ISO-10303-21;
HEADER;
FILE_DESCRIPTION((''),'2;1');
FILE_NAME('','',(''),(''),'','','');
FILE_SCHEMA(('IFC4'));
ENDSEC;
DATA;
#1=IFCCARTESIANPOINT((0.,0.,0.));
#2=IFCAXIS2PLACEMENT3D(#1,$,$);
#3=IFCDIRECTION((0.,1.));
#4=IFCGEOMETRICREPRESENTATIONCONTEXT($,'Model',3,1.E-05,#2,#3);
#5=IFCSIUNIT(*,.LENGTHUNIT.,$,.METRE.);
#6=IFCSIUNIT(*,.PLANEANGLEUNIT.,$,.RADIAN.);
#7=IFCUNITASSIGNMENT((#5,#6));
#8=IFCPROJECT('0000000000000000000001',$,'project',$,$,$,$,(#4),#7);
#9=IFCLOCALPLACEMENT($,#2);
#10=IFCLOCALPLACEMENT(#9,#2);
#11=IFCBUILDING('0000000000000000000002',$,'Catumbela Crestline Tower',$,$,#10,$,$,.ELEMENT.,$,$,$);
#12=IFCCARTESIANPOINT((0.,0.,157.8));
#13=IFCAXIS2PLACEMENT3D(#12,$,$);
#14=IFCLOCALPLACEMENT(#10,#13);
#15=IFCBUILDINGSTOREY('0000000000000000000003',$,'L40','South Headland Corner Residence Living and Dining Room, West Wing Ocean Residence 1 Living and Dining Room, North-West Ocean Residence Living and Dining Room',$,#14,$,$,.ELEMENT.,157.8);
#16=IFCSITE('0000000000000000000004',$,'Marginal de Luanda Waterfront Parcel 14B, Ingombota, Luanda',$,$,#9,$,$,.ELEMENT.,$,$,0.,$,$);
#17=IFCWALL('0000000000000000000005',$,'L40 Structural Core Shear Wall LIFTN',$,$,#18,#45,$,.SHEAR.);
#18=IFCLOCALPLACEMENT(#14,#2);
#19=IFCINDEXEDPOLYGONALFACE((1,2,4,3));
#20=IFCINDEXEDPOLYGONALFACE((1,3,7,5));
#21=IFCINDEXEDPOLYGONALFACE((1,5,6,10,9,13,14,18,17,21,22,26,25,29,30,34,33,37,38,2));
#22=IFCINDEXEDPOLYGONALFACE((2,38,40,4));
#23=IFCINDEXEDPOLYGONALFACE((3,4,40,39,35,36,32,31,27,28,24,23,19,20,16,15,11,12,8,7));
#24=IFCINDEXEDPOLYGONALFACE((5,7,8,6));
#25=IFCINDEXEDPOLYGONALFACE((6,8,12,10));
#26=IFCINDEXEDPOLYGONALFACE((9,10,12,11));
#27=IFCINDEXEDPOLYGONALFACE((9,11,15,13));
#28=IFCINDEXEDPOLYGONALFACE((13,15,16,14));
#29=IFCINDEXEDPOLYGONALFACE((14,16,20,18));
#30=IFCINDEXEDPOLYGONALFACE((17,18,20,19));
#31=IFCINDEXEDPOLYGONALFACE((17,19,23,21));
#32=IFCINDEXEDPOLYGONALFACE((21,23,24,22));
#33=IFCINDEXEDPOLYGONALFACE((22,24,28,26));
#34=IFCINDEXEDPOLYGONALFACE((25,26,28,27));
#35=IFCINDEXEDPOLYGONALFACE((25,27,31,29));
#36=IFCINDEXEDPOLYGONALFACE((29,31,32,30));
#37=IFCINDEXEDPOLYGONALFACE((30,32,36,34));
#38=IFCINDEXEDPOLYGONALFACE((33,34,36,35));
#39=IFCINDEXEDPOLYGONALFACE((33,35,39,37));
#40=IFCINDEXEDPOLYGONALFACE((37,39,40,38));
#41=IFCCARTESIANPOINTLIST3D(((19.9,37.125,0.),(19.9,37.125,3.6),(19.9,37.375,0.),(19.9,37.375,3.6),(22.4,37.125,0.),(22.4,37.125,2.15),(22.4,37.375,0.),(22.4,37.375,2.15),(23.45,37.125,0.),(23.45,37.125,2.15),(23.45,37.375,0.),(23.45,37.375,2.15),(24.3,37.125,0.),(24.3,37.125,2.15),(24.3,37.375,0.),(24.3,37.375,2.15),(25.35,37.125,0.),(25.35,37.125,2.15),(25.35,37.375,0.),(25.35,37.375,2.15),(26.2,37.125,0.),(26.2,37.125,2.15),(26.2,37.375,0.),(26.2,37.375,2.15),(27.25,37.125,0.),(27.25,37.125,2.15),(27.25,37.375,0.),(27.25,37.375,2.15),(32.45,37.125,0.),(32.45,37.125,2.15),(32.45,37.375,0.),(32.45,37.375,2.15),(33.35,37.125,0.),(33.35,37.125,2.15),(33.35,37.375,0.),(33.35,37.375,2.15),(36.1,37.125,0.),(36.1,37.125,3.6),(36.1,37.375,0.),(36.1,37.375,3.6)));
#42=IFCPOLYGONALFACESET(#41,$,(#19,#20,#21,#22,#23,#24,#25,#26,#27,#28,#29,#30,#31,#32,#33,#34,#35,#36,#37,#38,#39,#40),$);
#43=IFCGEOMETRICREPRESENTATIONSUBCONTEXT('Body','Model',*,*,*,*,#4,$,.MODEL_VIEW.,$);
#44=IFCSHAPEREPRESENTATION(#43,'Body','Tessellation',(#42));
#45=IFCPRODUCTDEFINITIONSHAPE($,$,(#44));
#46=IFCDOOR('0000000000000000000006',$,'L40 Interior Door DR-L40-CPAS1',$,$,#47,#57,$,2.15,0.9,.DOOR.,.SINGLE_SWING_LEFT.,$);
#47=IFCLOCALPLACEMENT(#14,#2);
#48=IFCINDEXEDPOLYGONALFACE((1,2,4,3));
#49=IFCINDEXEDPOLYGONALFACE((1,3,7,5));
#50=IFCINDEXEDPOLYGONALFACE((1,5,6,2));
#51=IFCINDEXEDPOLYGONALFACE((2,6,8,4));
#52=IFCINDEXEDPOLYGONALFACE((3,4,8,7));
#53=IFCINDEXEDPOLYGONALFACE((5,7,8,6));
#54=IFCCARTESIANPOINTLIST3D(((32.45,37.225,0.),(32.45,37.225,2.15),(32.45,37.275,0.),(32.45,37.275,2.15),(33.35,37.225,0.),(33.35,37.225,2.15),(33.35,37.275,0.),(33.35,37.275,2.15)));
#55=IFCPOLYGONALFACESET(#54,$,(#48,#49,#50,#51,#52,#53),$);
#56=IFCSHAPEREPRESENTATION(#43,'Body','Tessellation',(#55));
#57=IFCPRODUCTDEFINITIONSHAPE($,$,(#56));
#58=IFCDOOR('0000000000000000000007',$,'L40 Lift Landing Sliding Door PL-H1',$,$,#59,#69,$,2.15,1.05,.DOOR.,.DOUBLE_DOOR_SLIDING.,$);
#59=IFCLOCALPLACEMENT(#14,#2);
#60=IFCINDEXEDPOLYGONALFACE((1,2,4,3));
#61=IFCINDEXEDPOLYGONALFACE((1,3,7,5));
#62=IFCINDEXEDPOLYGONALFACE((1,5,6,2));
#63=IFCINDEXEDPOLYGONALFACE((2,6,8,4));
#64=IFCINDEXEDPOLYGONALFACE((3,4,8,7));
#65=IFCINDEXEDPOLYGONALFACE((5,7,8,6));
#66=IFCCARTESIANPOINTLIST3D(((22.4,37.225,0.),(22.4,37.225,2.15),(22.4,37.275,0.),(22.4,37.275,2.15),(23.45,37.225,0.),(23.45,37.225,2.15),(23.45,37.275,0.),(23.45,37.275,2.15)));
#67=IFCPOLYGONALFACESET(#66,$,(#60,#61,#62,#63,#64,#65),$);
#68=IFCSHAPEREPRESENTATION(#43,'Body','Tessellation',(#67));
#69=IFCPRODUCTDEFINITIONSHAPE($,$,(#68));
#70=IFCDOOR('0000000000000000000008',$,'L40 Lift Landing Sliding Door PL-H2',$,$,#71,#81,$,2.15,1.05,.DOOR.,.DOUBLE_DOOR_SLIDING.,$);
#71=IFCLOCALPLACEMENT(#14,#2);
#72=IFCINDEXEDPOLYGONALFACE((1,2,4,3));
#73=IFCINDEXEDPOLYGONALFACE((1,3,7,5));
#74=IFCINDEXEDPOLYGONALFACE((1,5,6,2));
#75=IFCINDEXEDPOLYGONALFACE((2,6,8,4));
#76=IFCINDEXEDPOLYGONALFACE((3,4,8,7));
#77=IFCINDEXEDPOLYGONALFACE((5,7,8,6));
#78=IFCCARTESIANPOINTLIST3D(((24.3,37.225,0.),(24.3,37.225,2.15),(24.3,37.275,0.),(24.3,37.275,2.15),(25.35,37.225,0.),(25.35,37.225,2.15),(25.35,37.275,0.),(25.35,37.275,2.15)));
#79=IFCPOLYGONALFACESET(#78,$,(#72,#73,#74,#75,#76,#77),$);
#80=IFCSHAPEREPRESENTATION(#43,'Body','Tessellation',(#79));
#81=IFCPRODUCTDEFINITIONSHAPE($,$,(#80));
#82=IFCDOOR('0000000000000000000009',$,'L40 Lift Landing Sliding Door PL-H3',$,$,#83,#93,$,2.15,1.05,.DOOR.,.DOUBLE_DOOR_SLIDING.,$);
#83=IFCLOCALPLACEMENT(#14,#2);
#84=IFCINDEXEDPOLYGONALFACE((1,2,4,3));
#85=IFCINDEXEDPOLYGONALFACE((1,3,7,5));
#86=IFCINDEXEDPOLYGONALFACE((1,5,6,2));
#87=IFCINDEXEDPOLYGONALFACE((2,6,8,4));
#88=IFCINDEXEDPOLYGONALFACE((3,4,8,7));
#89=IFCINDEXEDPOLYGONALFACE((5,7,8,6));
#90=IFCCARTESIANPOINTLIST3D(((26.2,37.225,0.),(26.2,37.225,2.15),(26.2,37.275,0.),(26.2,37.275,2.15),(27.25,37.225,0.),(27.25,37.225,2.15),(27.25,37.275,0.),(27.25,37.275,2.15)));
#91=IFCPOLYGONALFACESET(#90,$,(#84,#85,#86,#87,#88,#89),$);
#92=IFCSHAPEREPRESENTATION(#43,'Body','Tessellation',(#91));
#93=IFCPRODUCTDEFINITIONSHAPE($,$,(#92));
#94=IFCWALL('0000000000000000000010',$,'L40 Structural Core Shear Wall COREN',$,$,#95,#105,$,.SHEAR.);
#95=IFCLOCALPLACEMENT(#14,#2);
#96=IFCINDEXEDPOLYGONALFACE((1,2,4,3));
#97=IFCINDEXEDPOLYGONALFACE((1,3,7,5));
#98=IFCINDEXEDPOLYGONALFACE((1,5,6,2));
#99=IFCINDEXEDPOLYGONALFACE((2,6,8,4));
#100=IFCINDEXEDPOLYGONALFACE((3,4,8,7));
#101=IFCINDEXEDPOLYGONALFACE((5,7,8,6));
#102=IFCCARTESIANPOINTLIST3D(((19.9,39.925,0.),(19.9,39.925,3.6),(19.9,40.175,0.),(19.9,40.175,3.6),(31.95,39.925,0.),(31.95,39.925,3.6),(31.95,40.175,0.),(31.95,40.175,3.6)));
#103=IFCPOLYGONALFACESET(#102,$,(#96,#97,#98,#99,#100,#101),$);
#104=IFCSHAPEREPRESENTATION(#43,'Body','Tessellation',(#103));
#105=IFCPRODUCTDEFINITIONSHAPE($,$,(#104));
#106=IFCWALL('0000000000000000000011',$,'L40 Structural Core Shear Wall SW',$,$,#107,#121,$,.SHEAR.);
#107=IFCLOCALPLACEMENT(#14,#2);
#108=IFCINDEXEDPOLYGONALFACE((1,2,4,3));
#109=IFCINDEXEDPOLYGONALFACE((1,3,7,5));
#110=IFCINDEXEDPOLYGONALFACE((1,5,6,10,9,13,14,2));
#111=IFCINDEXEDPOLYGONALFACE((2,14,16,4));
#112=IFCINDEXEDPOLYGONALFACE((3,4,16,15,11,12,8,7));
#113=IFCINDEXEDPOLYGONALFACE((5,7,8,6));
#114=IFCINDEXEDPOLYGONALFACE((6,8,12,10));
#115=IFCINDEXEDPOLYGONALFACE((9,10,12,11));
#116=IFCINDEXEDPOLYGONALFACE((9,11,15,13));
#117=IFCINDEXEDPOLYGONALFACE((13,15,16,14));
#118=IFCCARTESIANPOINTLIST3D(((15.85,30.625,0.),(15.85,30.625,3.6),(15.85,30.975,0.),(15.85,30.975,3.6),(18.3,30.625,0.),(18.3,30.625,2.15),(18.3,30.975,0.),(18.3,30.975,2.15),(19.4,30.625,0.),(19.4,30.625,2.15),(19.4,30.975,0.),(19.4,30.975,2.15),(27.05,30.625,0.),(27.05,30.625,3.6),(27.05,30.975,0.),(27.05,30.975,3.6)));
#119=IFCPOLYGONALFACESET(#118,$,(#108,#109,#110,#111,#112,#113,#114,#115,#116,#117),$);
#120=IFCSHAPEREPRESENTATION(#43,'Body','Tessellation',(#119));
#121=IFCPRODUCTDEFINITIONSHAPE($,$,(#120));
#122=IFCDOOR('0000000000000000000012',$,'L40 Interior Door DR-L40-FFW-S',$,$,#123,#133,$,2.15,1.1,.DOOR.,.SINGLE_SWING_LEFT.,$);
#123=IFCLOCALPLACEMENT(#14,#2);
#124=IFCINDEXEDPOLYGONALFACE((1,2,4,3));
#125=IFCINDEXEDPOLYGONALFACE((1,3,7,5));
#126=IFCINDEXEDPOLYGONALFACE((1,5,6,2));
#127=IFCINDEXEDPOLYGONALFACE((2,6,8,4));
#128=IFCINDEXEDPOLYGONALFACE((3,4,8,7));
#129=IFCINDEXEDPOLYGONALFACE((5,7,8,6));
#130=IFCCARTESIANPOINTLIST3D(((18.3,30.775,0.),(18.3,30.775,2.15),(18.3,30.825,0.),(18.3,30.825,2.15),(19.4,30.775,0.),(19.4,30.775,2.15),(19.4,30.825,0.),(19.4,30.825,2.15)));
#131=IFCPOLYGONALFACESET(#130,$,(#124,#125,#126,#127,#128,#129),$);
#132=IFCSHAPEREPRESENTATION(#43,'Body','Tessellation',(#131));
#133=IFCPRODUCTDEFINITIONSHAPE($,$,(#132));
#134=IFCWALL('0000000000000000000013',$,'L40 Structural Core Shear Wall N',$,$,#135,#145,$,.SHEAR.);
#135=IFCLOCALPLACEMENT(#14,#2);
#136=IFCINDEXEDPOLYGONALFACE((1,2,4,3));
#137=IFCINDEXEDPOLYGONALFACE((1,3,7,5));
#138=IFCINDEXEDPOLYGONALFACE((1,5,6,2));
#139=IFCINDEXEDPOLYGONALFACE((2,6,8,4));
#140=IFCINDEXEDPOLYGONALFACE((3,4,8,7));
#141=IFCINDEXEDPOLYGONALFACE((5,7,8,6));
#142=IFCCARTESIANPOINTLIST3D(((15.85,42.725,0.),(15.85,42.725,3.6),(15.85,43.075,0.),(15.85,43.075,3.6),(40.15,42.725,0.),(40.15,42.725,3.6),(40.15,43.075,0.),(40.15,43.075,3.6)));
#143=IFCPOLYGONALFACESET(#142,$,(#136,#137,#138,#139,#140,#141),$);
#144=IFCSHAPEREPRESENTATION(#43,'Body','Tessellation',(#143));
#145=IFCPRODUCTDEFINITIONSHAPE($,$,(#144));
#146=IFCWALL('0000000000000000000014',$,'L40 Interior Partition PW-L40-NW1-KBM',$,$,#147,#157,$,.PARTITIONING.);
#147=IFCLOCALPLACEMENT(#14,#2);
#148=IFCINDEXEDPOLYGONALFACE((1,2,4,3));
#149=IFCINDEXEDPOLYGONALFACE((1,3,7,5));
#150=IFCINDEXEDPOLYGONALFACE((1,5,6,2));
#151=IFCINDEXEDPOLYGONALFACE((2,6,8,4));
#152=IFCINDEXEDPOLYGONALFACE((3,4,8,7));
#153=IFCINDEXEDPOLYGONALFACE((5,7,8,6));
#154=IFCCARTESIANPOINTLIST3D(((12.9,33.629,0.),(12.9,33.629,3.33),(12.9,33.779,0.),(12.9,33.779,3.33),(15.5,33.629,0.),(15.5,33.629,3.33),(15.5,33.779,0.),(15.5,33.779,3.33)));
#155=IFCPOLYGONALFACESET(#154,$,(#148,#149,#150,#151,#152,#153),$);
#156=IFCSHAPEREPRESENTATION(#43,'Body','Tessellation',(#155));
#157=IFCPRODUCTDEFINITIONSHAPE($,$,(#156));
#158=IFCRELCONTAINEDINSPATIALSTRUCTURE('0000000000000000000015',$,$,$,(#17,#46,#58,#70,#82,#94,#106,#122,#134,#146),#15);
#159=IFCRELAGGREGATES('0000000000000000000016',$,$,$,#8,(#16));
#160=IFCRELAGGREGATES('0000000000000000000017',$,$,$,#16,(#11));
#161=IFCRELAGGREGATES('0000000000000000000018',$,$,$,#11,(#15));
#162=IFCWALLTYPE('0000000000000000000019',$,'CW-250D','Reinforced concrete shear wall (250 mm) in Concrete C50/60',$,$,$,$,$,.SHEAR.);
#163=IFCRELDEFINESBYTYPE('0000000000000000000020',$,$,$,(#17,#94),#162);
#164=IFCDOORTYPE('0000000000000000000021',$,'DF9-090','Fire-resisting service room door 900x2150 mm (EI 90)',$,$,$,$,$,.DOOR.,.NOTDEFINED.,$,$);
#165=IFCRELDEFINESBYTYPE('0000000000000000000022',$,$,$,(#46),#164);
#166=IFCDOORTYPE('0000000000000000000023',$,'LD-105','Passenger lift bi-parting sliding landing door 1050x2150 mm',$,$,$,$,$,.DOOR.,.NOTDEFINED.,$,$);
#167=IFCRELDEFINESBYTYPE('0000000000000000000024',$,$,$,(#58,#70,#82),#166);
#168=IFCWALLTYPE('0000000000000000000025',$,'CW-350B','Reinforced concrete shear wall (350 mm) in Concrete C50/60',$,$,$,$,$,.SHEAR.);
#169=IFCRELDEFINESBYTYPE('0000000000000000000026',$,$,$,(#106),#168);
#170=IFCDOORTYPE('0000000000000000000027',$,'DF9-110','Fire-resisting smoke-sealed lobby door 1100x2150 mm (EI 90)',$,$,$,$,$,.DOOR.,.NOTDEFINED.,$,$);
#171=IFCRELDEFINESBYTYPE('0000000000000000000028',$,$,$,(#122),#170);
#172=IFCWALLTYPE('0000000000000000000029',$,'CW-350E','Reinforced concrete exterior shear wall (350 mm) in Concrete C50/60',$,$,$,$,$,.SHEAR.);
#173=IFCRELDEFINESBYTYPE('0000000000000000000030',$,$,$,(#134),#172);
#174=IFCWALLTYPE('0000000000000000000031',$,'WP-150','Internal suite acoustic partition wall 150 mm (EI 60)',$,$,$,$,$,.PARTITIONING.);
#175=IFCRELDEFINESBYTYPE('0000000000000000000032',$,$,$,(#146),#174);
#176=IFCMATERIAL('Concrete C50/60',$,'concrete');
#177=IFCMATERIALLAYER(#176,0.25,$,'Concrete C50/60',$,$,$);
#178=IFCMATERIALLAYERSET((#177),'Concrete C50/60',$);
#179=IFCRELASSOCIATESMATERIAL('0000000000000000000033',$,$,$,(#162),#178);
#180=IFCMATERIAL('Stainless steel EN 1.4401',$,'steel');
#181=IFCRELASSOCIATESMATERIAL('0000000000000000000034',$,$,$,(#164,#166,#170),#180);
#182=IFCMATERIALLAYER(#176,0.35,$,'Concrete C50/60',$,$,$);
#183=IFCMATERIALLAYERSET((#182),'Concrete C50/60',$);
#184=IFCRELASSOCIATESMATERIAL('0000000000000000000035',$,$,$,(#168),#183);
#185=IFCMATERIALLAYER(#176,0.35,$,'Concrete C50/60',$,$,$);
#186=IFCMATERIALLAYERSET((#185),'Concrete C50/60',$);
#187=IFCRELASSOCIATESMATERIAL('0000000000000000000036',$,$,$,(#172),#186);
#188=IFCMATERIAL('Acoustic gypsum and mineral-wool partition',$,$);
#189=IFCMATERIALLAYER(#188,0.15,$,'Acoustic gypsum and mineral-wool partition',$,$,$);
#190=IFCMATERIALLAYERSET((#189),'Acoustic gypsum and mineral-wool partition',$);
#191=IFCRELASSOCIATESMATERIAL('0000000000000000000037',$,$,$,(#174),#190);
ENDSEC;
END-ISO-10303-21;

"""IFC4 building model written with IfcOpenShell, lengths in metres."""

from ifc_helpers import new_model, si_unit, direction, frame, frame_2d, origin, place, context, subcontext, project, spatial, rectangle, extrude, material, layer, layer_set, type_object, element, fill, save


model = new_model("IFC4")

# Units and contexts
model_context = context("Model", 3, precision=1e-05, world=origin(), true_north=direction((0.0, 1.0)))
body_context = subcontext(model_context, "Body", "Model", "MODEL_VIEW")
ifc_project = project(units=[si_unit("LENGTHUNIT", "METRE"), si_unit("PLANEANGLEUNIT", "RADIAN")], contexts=[model_context])

# Site, building, storey
site_placement = place(None, origin())
site = spatial("IfcSite", under=ifc_project, at=site_placement, Name="Marginal de Luanda Waterfront Parcel 14B, Ingombota, Luanda", CompositionType="ELEMENT", RefElevation=0.0)
building_placement = place(site_placement, origin())
building = spatial("IfcBuilding", under=site, at=building_placement, Name="Catumbela Crestline Tower", CompositionType="ELEMENT")
storey_placement = place(building_placement, frame((0.0, 0.0, 157.8)))
storey = spatial("IfcBuildingStorey", under=building, at=storey_placement, Name="L40", Description="South Headland Corner Residence Living and Dining Room, West Wing Ocean Residence 1 Living and Dining Room, North-West Ocean Residence Living and Dining Room", CompositionType="ELEMENT", Elevation=157.8)

# Shared definitions
ifc_material_1 = material(Name="Concrete C50/60", Category="concrete")
ifc_layer_1 = layer(ifc_material_1, 0.25, Name="Concrete C50/60")
ifc_layer_set_1 = layer_set([ifc_layer_1], Name="Concrete C50/60")
wall_type_1 = type_object("IfcWallType", Name="CW-250D", Description="Reinforced concrete shear wall (250 mm) in Concrete C50/60", PredefinedType="SHEAR", material=ifc_layer_set_1)

# Wall, openings, doors
ifc_material_2 = material(Name="Stainless steel EN 1.4401", Category="steel")
wall_1_placement = place(storey_placement, frame((19.9, 37.25, 0.0), z_axis=(0.0, 0.0, 1.0), x_axis=(1.0, 0.0, 0.0)))
wall_1 = element("IfcWall", 1, at=wall_1_placement, inside=storey, type_object=wall_type_1, Name="L40 Structural Core Shear Wall LIFTN", PredefinedType="SHEAR", context=body_context, shape_type="SweptSolid", body=[
    extrude(rectangle(XDim=16.2, YDim=0.25, at=frame_2d((8.1, 0.0))), origin(), (0.0, 0.0, 1.0), 3.6),
])
opening_1_placement = place(wall_1_placement, frame((12.55, 0.0, 0.0)))
opening_1 = element("IfcOpeningElement", 2, at=opening_1_placement, cuts=wall_1, PredefinedType="OPENING", context=body_context, shape_type="SweptSolid", body=[
    extrude(rectangle(XDim=0.9, YDim=2.15, at=frame_2d((0.45, 1.075))), frame((0.0, 0.135, 0.0), z_axis=(0.0, -1.0, 0.0), x_axis=(1.0, 0.0, 0.0)), (0.0, 0.0, 1.0), 0.27),
])
opening_2_placement = place(wall_1_placement, frame((2.5, 0.0, 0.0)))
opening_2 = element("IfcOpeningElement", 3, at=opening_2_placement, cuts=wall_1, PredefinedType="OPENING", context=body_context, shape_type="SweptSolid", body=[
    extrude(rectangle(XDim=1.05, YDim=2.15, at=frame_2d((0.525, 1.075))), frame((0.0, 0.135, 0.0), z_axis=(0.0, -1.0, 0.0), x_axis=(1.0, 0.0, 0.0)), (0.0, 0.0, 1.0), 0.27),
])
opening_3_placement = place(wall_1_placement, frame((4.4, 0.0, 0.0)))
opening_3 = element("IfcOpeningElement", 4, at=opening_3_placement, cuts=wall_1, PredefinedType="OPENING", context=body_context, shape_type="SweptSolid", body=[
    extrude(rectangle(XDim=1.05, YDim=2.15, at=frame_2d((0.525, 1.075))), frame((0.0, 0.135, 0.0), z_axis=(0.0, -1.0, 0.0), x_axis=(1.0, 0.0, 0.0)), (0.0, 0.0, 1.0), 0.27),
])
opening_4_placement = place(wall_1_placement, frame((6.3, 0.0, 0.0)))
opening_4 = element("IfcOpeningElement", 5, at=opening_4_placement, cuts=wall_1, PredefinedType="OPENING", context=body_context, shape_type="SweptSolid", body=[
    extrude(rectangle(XDim=1.05, YDim=2.15, at=frame_2d((0.525, 1.075))), frame((0.0, 0.135, 0.0), z_axis=(0.0, -1.0, 0.0), x_axis=(1.0, 0.0, 0.0)), (0.0, 0.0, 1.0), 0.27),
])
door_type_1 = type_object("IfcDoorType", Name="DF9-090", Description="Fire-resisting service room door 900x2150 mm (EI 90)", OperationType="NOTDEFINED", PredefinedType="DOOR", material=ifc_material_2)
door_1_placement = place(opening_1_placement, origin())
door_1 = element("IfcDoor", 6, at=door_1_placement, inside=storey, type_object=door_type_1, Name="L40 Interior Door DR-L40-CPAS1", OperationType="SINGLE_SWING_LEFT", OverallHeight=2.15, OverallWidth=0.9, PredefinedType="DOOR", context=body_context, shape_type="SweptSolid", body=[
    extrude(rectangle(XDim=0.9, YDim=2.15, at=frame_2d((0.45, 1.075))), frame((0.0, 0.025, 0.0), z_axis=(0.0, -1.0, 0.0), x_axis=(1.0, 0.0, 0.0)), (0.0, 0.0, 1.0), 0.05),
])
fill(opening_1, door_1)
door_type_2 = type_object("IfcDoorType", Name="LD-105", Description="Passenger lift bi-parting sliding landing door 1050x2150 mm", OperationType="NOTDEFINED", PredefinedType="DOOR", material=ifc_material_2)
door_2_placement = place(opening_2_placement, origin())
door_2 = element("IfcDoor", 7, at=door_2_placement, inside=storey, type_object=door_type_2, Name="L40 Lift Landing Sliding Door PL-H1", OperationType="DOUBLE_DOOR_SLIDING", OverallHeight=2.15, OverallWidth=1.05, PredefinedType="DOOR", context=body_context, shape_type="SweptSolid", body=[
    extrude(rectangle(XDim=1.05, YDim=2.15, at=frame_2d((0.525, 1.075))), frame((0.0, 0.025, 0.0), z_axis=(0.0, -1.0, 0.0), x_axis=(1.0, 0.0, 0.0)), (0.0, 0.0, 1.0), 0.05),
])
fill(opening_2, door_2)
door_3_placement = place(opening_3_placement, origin())
door_3 = element("IfcDoor", 8, at=door_3_placement, inside=storey, type_object=door_type_2, Name="L40 Lift Landing Sliding Door PL-H2", OperationType="DOUBLE_DOOR_SLIDING", OverallHeight=2.15, OverallWidth=1.05, PredefinedType="DOOR", context=body_context, shape_type="SweptSolid", body=[
    extrude(rectangle(XDim=1.05, YDim=2.15, at=frame_2d((0.525, 1.075))), frame((0.0, 0.025, 0.0), z_axis=(0.0, -1.0, 0.0), x_axis=(1.0, 0.0, 0.0)), (0.0, 0.0, 1.0), 0.05),
])
fill(opening_3, door_3)
door_4_placement = place(opening_4_placement, origin())
door_4 = element("IfcDoor", 9, at=door_4_placement, inside=storey, type_object=door_type_2, Name="L40 Lift Landing Sliding Door PL-H3", OperationType="DOUBLE_DOOR_SLIDING", OverallHeight=2.15, OverallWidth=1.05, PredefinedType="DOOR", context=body_context, shape_type="SweptSolid", body=[
    extrude(rectangle(XDim=1.05, YDim=2.15, at=frame_2d((0.525, 1.075))), frame((0.0, 0.025, 0.0), z_axis=(0.0, -1.0, 0.0), x_axis=(1.0, 0.0, 0.0)), (0.0, 0.0, 1.0), 0.05),
])
fill(opening_4, door_4)

# Wall
wall_2_placement = place(storey_placement, frame((19.9, 40.05, 0.0), z_axis=(0.0, 0.0, 1.0), x_axis=(1.0, 0.0, 0.0)))
element("IfcWall", 10, at=wall_2_placement, inside=storey, type_object=wall_type_1, Name="L40 Structural Core Shear Wall COREN", PredefinedType="SHEAR", context=body_context, shape_type="SweptSolid", body=[
    extrude(rectangle(XDim=12.05, YDim=0.25, at=frame_2d((6.025, 0.0))), origin(), (0.0, 0.0, 1.0), 3.6),
])

# Wall, opening, door
ifc_layer_2 = layer(ifc_material_1, 0.35, Name="Concrete C50/60")
ifc_layer_set_2 = layer_set([ifc_layer_2], Name="Concrete C50/60")
wall_type_2 = type_object("IfcWallType", Name="CW-350B", Description="Reinforced concrete shear wall (350 mm) in Concrete C50/60", PredefinedType="SHEAR", material=ifc_layer_set_2)
wall_3_placement = place(storey_placement, frame((15.85, 30.8, 0.0), z_axis=(0.0, 0.0, 1.0), x_axis=(1.0, 0.0, 0.0)))
wall_3 = element("IfcWall", 11, at=wall_3_placement, inside=storey, type_object=wall_type_2, Name="L40 Structural Core Shear Wall SW", PredefinedType="SHEAR", context=body_context, shape_type="SweptSolid", body=[
    extrude(rectangle(XDim=11.2, YDim=0.35, at=frame_2d((5.6, 0.0))), origin(), (0.0, 0.0, 1.0), 3.6),
])
opening_5_placement = place(wall_3_placement, frame((2.45, 0.0, 0.0)))
opening_5 = element("IfcOpeningElement", 12, at=opening_5_placement, cuts=wall_3, PredefinedType="OPENING", context=body_context, shape_type="SweptSolid", body=[
    extrude(rectangle(XDim=1.1, YDim=2.15, at=frame_2d((0.55, 1.075))), frame((0.0, 0.185, 0.0), z_axis=(0.0, -1.0, 0.0), x_axis=(1.0, 0.0, 0.0)), (0.0, 0.0, 1.0), 0.37),
])
door_type_3 = type_object("IfcDoorType", Name="DF9-110", Description="Fire-resisting smoke-sealed lobby door 1100x2150 mm (EI 90)", OperationType="NOTDEFINED", PredefinedType="DOOR", material=ifc_material_2)
door_5_placement = place(opening_5_placement, origin())
door_5 = element("IfcDoor", 13, at=door_5_placement, inside=storey, type_object=door_type_3, Name="L40 Interior Door DR-L40-FFW-S", OperationType="SINGLE_SWING_LEFT", OverallHeight=2.15, OverallWidth=1.1, PredefinedType="DOOR", context=body_context, shape_type="SweptSolid", body=[
    extrude(rectangle(XDim=1.1, YDim=2.15, at=frame_2d((0.55, 1.075))), frame((0.0, 0.025, 0.0), z_axis=(0.0, -1.0, 0.0), x_axis=(1.0, 0.0, 0.0)), (0.0, 0.0, 1.0), 0.05),
])
fill(opening_5, door_5)

# Walls
ifc_layer_3 = layer(ifc_material_1, 0.35, Name="Concrete C50/60")
ifc_layer_set_3 = layer_set([ifc_layer_3], Name="Concrete C50/60")
wall_type_3 = type_object("IfcWallType", Name="CW-350E", Description="Reinforced concrete exterior shear wall (350 mm) in Concrete C50/60", PredefinedType="SHEAR", material=ifc_layer_set_3)
wall_4_placement = place(storey_placement, frame((15.85, 42.9, 0.0), z_axis=(0.0, 0.0, 1.0), x_axis=(1.0, 0.0, 0.0)))
element("IfcWall", 14, at=wall_4_placement, inside=storey, type_object=wall_type_3, Name="L40 Structural Core Shear Wall N", PredefinedType="SHEAR", context=body_context, shape_type="SweptSolid", body=[
    extrude(rectangle(XDim=24.3, YDim=0.35, at=frame_2d((12.15, 0.0))), origin(), (0.0, 0.0, 1.0), 3.6),
])
ifc_material_3 = material(Name="Acoustic gypsum and mineral-wool partition")
ifc_layer_4 = layer(ifc_material_3, 0.15, Name="Acoustic gypsum and mineral-wool partition")
ifc_layer_set_4 = layer_set([ifc_layer_4], Name="Acoustic gypsum and mineral-wool partition")
wall_type_4 = type_object("IfcWallType", Name="WP-150", Description="Internal suite acoustic partition wall 150 mm (EI 60)", PredefinedType="PARTITIONING", material=ifc_layer_set_4)
wall_5_placement = place(storey_placement, frame((12.9, 33.704, 0.0), z_axis=(0.0, 0.0, 1.0), x_axis=(1.0, 0.0, 0.0)))
element("IfcWall", 15, at=wall_5_placement, inside=storey, type_object=wall_type_4, Name="L40 Interior Partition PW-L40-NW1-KBM", PredefinedType="PARTITIONING", context=body_context, shape_type="SweptSolid", body=[
    extrude(rectangle(XDim=2.6, YDim=0.15, at=frame_2d((1.3, 0.0))), origin(), (0.0, 0.0, 1.0), 3.33),
])

save(model, "model.ifc")
